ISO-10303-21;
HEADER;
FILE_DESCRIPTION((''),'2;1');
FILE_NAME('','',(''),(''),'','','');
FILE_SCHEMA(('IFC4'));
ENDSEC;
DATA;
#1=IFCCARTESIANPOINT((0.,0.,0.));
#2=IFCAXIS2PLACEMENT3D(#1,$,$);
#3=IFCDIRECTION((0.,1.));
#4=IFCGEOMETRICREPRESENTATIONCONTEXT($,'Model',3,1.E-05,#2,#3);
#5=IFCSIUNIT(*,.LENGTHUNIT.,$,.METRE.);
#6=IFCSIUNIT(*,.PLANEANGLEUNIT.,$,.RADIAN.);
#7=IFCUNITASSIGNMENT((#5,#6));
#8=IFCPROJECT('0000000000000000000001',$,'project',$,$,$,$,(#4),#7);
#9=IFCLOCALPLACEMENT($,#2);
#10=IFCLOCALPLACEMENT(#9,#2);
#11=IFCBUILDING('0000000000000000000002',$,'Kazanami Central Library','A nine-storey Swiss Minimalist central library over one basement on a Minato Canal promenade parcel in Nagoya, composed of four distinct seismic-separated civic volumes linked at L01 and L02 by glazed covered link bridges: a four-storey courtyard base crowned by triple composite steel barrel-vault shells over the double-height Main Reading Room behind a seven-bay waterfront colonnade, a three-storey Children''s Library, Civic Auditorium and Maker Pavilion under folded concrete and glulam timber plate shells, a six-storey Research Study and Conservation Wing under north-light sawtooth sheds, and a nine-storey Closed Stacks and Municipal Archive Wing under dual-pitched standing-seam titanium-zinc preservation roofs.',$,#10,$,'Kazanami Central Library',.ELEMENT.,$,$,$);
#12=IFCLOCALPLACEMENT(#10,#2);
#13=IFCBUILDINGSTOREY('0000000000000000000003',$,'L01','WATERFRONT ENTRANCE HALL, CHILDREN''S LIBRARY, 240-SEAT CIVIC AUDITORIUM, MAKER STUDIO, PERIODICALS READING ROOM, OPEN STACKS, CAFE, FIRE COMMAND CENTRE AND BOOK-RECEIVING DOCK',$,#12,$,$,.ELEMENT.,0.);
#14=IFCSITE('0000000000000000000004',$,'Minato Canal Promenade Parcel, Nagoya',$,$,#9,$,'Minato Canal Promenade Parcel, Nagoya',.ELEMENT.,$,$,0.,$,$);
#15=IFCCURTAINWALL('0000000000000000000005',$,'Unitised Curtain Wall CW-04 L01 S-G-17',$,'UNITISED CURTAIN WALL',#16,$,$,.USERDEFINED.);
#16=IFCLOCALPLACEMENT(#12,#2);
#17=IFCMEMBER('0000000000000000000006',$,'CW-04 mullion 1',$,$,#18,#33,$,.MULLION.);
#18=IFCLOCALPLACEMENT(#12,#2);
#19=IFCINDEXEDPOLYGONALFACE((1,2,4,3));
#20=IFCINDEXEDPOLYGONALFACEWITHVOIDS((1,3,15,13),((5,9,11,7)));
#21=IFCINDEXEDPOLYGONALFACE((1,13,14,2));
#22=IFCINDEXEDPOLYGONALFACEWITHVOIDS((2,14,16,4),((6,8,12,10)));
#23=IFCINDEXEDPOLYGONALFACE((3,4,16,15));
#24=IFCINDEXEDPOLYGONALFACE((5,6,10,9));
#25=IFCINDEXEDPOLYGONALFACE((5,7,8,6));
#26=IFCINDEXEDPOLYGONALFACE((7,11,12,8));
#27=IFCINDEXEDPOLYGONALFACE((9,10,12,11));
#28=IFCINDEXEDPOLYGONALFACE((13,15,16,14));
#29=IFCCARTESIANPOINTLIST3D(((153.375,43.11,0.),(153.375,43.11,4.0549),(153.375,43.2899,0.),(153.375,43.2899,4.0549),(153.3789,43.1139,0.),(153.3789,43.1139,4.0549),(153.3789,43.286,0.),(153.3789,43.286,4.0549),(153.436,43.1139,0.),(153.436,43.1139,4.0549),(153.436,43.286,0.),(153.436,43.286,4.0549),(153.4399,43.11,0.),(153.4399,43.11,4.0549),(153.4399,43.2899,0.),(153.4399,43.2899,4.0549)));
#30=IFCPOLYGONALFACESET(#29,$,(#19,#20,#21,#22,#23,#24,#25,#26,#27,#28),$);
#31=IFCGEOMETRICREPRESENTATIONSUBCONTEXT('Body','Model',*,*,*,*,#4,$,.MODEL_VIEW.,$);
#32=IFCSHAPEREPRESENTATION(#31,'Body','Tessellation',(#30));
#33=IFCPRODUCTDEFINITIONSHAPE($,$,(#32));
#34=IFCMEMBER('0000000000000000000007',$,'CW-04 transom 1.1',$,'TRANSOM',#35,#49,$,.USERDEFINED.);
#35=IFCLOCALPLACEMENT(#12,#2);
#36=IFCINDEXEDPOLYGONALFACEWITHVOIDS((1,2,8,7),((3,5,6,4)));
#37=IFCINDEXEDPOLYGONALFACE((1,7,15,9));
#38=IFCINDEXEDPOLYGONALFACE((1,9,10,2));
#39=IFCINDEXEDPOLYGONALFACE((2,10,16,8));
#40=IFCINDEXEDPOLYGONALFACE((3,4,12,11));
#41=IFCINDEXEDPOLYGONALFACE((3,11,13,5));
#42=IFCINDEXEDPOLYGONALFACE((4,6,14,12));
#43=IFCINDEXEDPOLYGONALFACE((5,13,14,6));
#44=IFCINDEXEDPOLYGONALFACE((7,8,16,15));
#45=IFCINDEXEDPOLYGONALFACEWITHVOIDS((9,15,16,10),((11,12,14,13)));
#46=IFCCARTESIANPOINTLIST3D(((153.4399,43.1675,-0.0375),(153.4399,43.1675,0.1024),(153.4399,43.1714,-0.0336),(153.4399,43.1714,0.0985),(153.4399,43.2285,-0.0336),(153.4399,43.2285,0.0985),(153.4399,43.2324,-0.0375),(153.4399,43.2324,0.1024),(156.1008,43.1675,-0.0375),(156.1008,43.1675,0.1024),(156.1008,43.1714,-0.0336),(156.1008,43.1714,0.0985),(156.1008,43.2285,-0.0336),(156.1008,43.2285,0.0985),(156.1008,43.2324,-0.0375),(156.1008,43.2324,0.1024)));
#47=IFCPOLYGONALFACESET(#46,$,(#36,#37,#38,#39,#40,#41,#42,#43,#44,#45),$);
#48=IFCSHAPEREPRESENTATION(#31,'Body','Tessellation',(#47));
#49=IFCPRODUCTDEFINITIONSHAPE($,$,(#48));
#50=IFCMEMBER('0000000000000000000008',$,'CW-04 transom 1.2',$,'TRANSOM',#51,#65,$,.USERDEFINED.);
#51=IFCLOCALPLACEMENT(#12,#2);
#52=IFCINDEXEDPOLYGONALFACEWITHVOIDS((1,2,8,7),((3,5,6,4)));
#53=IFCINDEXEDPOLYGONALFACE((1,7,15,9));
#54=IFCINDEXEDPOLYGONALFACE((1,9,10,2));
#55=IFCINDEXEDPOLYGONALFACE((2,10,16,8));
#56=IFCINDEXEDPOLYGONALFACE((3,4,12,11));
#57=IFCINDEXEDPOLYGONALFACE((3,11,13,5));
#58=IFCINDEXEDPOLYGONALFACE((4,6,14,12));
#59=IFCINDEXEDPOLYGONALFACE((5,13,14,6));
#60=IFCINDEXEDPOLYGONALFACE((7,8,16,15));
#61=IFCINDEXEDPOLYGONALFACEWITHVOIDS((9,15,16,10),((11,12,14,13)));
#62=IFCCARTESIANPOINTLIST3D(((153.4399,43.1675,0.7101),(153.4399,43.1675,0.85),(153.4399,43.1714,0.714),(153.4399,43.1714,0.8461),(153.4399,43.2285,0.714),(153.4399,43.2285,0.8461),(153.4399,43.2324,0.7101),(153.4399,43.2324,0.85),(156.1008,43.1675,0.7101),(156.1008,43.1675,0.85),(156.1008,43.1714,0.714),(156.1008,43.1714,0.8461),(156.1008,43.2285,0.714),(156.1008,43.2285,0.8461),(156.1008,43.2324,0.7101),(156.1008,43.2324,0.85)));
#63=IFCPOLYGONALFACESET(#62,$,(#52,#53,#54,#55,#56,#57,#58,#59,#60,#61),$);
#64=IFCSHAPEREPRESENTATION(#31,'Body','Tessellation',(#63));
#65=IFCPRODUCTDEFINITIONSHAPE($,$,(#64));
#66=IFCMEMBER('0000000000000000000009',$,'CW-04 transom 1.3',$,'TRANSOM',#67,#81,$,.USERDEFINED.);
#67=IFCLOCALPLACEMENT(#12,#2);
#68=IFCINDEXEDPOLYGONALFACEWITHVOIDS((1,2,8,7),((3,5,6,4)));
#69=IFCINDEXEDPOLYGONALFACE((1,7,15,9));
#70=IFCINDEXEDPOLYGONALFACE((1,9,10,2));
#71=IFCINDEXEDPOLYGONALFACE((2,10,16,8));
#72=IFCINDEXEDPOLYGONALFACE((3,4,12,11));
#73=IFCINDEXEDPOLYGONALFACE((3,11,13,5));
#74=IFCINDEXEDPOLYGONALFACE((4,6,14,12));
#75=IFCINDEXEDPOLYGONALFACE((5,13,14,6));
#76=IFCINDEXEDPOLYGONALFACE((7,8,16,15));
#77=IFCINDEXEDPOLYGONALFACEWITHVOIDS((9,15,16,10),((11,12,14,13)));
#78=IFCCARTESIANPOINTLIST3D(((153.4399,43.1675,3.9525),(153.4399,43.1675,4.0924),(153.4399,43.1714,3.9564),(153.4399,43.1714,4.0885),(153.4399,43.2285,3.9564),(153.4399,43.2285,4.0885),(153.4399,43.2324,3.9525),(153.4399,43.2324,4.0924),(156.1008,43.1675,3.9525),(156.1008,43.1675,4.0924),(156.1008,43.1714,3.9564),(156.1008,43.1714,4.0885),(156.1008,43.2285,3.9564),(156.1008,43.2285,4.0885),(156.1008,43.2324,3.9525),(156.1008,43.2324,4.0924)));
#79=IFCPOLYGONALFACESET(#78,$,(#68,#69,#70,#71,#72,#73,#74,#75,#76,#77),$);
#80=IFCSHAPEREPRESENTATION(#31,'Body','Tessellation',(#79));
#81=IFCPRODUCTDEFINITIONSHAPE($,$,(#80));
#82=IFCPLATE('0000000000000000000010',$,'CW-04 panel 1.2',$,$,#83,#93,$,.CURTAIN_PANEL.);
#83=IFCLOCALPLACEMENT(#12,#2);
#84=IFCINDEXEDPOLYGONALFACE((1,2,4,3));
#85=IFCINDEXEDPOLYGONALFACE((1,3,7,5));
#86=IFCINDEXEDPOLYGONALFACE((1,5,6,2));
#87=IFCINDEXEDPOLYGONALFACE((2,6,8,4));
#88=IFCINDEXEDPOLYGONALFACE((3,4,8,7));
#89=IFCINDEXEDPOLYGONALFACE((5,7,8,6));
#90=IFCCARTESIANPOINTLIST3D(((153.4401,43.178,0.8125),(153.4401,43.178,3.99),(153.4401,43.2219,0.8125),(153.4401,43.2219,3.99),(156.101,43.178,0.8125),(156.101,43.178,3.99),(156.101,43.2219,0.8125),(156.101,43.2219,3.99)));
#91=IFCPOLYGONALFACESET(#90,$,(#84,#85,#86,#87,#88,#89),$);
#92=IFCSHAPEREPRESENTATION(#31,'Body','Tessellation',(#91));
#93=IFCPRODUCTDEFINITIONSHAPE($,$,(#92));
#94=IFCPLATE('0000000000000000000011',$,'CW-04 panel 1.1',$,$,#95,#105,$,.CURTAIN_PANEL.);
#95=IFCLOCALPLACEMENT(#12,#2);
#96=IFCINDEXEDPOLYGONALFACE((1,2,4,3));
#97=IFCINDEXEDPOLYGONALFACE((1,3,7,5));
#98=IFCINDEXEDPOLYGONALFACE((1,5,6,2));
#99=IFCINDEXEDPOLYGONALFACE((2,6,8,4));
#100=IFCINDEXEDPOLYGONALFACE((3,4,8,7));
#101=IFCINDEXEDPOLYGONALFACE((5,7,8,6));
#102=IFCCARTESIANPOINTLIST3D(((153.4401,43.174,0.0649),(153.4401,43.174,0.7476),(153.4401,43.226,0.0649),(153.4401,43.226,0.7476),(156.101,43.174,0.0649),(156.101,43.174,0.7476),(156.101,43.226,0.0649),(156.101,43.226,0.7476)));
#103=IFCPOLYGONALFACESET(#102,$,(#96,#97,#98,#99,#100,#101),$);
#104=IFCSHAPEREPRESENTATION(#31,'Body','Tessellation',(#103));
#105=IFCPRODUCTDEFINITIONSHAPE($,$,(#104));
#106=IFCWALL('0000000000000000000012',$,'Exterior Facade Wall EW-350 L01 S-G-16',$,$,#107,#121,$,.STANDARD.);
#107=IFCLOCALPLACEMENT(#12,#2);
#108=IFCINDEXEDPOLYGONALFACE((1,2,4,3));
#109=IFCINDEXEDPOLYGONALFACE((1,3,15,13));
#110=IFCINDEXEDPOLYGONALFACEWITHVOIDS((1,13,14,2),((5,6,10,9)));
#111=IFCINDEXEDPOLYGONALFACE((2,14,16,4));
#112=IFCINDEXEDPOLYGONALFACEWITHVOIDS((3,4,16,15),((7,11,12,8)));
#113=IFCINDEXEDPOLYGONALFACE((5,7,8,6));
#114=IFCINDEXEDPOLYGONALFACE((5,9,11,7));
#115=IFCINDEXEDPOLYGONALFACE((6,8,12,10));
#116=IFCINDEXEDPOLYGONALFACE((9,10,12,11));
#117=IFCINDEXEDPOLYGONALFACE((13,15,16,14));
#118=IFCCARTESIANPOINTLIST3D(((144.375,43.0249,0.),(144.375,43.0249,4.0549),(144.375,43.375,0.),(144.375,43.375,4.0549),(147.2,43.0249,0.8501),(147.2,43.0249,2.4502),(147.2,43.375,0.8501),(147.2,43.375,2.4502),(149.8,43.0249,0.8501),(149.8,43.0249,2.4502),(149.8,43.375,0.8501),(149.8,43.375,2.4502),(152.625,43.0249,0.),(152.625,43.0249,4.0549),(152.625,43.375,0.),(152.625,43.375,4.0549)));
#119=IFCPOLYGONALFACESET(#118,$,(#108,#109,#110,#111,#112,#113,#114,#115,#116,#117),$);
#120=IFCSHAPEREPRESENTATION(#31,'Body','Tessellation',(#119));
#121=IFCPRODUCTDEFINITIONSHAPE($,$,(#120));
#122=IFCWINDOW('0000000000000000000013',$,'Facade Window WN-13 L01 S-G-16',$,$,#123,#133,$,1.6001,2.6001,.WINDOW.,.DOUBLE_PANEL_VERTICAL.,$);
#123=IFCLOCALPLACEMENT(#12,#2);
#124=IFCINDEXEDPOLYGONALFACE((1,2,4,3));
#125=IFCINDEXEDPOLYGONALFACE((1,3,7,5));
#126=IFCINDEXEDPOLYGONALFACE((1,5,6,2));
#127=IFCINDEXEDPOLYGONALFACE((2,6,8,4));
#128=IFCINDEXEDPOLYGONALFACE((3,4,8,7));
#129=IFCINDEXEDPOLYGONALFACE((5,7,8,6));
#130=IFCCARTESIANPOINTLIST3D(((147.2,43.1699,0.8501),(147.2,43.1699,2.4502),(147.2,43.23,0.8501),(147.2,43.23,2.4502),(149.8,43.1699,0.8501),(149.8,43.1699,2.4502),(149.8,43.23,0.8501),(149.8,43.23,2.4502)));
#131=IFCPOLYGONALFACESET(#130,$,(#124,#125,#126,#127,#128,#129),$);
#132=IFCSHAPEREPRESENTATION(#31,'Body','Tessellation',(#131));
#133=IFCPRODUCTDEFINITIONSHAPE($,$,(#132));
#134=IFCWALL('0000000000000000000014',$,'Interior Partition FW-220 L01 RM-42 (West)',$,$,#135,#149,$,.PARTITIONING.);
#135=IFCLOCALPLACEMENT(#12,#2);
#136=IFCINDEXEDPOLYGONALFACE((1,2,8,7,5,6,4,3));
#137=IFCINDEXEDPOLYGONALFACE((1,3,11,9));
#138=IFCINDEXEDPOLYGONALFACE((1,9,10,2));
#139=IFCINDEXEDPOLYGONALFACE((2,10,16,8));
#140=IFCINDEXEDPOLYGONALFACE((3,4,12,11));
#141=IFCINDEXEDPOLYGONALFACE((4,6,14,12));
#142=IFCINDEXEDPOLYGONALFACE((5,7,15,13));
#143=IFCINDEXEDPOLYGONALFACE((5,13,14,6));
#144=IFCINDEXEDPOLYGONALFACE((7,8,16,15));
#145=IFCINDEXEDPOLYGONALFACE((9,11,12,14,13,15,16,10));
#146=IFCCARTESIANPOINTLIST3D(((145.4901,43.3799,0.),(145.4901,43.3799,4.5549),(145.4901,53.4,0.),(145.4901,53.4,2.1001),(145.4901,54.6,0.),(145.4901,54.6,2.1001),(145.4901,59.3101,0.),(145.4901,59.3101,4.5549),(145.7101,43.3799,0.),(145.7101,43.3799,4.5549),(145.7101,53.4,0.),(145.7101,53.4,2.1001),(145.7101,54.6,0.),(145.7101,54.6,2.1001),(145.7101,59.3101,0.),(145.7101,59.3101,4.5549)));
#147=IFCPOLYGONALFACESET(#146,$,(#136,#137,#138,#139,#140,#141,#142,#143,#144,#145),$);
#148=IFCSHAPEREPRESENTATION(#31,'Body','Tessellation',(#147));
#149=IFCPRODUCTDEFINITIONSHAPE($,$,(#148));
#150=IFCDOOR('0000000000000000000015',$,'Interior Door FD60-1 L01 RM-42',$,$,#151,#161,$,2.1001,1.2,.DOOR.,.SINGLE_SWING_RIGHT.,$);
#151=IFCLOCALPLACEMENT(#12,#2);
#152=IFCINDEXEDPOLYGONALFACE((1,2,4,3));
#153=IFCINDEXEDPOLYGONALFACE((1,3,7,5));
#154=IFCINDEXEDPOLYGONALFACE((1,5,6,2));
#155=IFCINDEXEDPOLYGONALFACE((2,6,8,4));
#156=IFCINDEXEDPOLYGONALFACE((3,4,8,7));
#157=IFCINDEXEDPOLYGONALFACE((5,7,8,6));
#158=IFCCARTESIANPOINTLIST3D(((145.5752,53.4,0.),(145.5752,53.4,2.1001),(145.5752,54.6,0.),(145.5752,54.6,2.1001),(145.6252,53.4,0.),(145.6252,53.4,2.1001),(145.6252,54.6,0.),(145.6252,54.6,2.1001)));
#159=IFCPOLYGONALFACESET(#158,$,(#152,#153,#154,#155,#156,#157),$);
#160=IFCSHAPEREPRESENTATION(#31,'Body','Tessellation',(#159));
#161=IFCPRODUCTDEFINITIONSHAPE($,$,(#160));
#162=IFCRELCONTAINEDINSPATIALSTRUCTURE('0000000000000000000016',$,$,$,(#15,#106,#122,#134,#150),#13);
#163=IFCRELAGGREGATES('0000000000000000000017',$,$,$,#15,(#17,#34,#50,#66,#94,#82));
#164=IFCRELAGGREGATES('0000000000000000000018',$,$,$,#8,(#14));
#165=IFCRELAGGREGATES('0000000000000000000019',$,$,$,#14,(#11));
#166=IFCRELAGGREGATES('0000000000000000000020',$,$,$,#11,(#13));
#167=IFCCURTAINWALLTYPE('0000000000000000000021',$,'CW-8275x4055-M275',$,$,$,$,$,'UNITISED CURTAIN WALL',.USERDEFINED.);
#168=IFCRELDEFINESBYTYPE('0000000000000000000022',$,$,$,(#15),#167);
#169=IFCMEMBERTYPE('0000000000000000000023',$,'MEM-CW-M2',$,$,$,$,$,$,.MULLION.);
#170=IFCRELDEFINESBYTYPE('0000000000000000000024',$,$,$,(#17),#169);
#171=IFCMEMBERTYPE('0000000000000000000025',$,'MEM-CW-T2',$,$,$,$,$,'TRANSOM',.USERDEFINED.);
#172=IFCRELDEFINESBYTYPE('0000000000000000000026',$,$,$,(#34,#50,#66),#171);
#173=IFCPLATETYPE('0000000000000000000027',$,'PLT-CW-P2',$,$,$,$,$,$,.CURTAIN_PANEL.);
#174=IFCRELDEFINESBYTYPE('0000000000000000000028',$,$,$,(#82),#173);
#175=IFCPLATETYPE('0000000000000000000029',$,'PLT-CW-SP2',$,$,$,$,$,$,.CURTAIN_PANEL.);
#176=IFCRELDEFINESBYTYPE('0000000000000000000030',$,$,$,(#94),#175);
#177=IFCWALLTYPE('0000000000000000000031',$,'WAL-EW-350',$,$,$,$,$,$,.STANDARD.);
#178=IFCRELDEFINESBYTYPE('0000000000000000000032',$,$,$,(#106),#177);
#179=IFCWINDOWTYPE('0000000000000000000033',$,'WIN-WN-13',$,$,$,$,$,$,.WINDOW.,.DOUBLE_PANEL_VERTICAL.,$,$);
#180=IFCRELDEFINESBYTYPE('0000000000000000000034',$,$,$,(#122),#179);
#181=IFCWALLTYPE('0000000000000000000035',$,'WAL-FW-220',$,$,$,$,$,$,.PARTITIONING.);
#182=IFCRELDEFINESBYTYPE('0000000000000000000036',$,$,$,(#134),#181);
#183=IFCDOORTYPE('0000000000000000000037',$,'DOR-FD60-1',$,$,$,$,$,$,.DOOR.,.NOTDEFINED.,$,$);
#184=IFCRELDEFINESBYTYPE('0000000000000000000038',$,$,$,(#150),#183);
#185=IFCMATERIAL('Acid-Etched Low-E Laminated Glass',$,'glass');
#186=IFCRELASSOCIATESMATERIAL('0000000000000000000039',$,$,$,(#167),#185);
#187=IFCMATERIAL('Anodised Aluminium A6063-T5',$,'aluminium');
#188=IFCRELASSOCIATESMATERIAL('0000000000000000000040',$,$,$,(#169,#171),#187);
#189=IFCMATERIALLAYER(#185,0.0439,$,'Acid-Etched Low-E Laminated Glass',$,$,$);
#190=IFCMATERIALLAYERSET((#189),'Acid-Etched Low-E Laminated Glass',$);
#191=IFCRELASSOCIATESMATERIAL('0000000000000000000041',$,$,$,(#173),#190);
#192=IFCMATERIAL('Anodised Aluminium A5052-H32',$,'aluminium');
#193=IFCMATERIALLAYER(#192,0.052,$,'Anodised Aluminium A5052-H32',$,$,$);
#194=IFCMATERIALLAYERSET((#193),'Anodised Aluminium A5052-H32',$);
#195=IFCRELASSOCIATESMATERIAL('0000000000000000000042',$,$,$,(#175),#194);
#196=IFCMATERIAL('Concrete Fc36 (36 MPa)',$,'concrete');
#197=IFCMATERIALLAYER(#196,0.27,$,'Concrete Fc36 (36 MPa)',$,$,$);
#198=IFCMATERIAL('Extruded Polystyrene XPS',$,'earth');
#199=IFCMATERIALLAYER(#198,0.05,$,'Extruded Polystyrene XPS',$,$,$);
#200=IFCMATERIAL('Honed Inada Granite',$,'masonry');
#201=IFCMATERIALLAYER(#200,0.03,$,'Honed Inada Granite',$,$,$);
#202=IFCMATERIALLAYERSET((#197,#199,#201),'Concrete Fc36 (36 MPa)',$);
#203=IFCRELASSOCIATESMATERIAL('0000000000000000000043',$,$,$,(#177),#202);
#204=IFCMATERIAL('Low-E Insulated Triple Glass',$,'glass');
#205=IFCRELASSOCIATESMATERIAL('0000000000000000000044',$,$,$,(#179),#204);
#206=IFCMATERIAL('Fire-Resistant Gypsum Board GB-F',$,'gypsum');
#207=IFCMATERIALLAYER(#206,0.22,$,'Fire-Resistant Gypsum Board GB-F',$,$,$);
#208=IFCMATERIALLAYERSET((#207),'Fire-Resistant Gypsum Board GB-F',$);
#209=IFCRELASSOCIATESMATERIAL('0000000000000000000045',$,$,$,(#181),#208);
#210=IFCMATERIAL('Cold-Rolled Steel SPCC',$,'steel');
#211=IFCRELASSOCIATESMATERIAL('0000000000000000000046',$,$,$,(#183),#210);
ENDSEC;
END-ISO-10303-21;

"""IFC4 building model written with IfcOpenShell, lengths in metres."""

from ifc_helpers import new_model, si_unit, direction, frame, frame_2d, origin, origin_2d, place, context, subcontext, project, spatial, rectangle, hollow_rectangle, extrude, material, layer, layer_set, material_profile, profile_set, type_object, element, fill, aggregate, save


model = new_model("IFC4")

# Units and contexts
model_context = context("Model", 3, precision=1e-05, world=origin(), true_north=direction((0.0, 1.0)))
body_context = subcontext(model_context, "Body", "Model", "MODEL_VIEW")
ifc_project = project(units=[si_unit("LENGTHUNIT", "METRE"), si_unit("PLANEANGLEUNIT", "RADIAN")], contexts=[model_context])

# Site, building, storey
site_placement = place(None, origin())
site = spatial("IfcSite", under=ifc_project, at=site_placement, Name="Minato Canal Promenade Parcel, Nagoya", LongName="Minato Canal Promenade Parcel, Nagoya", CompositionType="ELEMENT", RefElevation=0.0)
building_placement = place(site_placement, origin())
building = spatial("IfcBuilding", under=site, at=building_placement, Name="Kazanami Central Library", Description="A nine-storey Swiss Minimalist central library over one basement on a Minato Canal promenade parcel in Nagoya, composed of four distinct seismic-separated civic volumes linked at L01 and L02 by glazed covered link bridges: a four-storey courtyard base crowned by triple composite steel barrel-vault shells over the double-height Main Reading Room behind a seven-bay waterfront colonnade, a three-storey Children's Library, Civic Auditorium and Maker Pavilion under folded concrete and glulam timber plate shells, a six-storey Research Study and Conservation Wing under north-light sawtooth sheds, and a nine-storey Closed Stacks and Municipal Archive Wing under dual-pitched standing-seam titanium-zinc preservation roofs.", LongName="Kazanami Central Library", CompositionType="ELEMENT")
storey_placement = place(building_placement, origin())
storey = spatial("IfcBuildingStorey", under=building, at=storey_placement, Name="L01", Description="WATERFRONT ENTRANCE HALL, CHILDREN'S LIBRARY, 240-SEAT CIVIC AUDITORIUM, MAKER STUDIO, PERIODICALS READING ROOM, OPEN STACKS, CAFE, FIRE COMMAND CENTRE AND BOOK-RECEIVING DOCK", CompositionType="ELEMENT", Elevation=0.0)

# Curtain wall, members, plates
ifc_material_1 = material(Name="Acid-Etched Low-E Laminated Glass", Category="glass")
curtain_wall_type = type_object("IfcCurtainWallType", Name="CW-8275x4055-M275", ElementType="UNITISED CURTAIN WALL", PredefinedType="USERDEFINED", material=ifc_material_1)
curtain_wall_placement = place(storey_placement, origin())
curtain_wall = element("IfcCurtainWall", 1, at=curtain_wall_placement, inside=storey, type_object=curtain_wall_type, Name="Unitised Curtain Wall CW-04 L01 S-G-17", ObjectType="UNITISED CURTAIN WALL", PredefinedType="USERDEFINED")
ifc_material_2 = material(Name="Anodised Aluminium A6063-T5", Category="aluminium")
ifc_material_profile_1 = material_profile(ifc_material_2, hollow_rectangle(XDim=0.0649, YDim=0.1799, WallThickness=0.0039, at=origin_2d()), Name="ALU-MULL-65x180x4")
ifc_profile_set_1 = profile_set([ifc_material_profile_1], Name="Anodised Aluminium A6063-T5")
member_type_1 = type_object("IfcMemberType", Name="MEM-CW-M2", PredefinedType="MULLION", material=ifc_profile_set_1)
member_1_placement = place(storey_placement, frame((153.4075, 43.2, 0.0), z_axis=(0.0, 0.0, 1.0), x_axis=(1.0, 0.0, 0.0)))
member_1 = element("IfcMember", 2, at=member_1_placement, type_object=member_type_1, Name="CW-04 mullion 1", PredefinedType="MULLION", context=body_context, shape_type="SweptSolid", body=[
    extrude(hollow_rectangle(XDim=0.0649, YDim=0.1799, WallThickness=0.0039, at=origin_2d()), origin(), (0.0, 0.0, 1.0), 4.0549),
])
ifc_material_profile_2 = material_profile(ifc_material_2, hollow_rectangle(XDim=0.0649, YDim=0.1399, WallThickness=0.0039, at=origin_2d()), Name="ALU-TRAN-65x140x4")
ifc_profile_set_2 = profile_set([ifc_material_profile_2], Name="Anodised Aluminium A6063-T5")
member_type_2 = type_object("IfcMemberType", Name="MEM-CW-T2", ElementType="TRANSOM", PredefinedType="USERDEFINED", material=ifc_profile_set_2)
member_2_placement = place(storey_placement, frame((153.4399, 43.2, 0.0325), z_axis=(1.0, 0.0, 0.0), x_axis=(0.0, 1.0, 0.0)))
member_2 = element("IfcMember", 3, at=member_2_placement, type_object=member_type_2, Name="CW-04 transom 1.1", ObjectType="TRANSOM", PredefinedType="USERDEFINED", context=body_context, shape_type="SweptSolid", body=[
    extrude(hollow_rectangle(XDim=0.0649, YDim=0.1399, WallThickness=0.0039, at=origin_2d()), origin(), (0.0, 0.0, 1.0), 2.6609),
])
member_3_placement = place(storey_placement, frame((153.4399, 43.2, 0.78), z_axis=(1.0, 0.0, 0.0), x_axis=(0.0, 1.0, 0.0)))
member_3 = element("IfcMember", 4, at=member_3_placement, type_object=member_type_2, Name="CW-04 transom 1.2", ObjectType="TRANSOM", PredefinedType="USERDEFINED", context=body_context, shape_type="SweptSolid", body=[
    extrude(hollow_rectangle(XDim=0.0649, YDim=0.1399, WallThickness=0.0039, at=origin_2d()), origin(), (0.0, 0.0, 1.0), 2.6609),
])
member_4_placement = place(storey_placement, frame((153.4399, 43.2, 4.0225), z_axis=(1.0, 0.0, 0.0), x_axis=(0.0, 1.0, 0.0)))
member_4 = element("IfcMember", 5, at=member_4_placement, type_object=member_type_2, Name="CW-04 transom 1.3", ObjectType="TRANSOM", PredefinedType="USERDEFINED", context=body_context, shape_type="SweptSolid", body=[
    extrude(hollow_rectangle(XDim=0.0649, YDim=0.1399, WallThickness=0.0039, at=origin_2d()), origin(), (0.0, 0.0, 1.0), 2.6609),
])
ifc_layer_1 = layer(ifc_material_1, 0.0439, Name="Acid-Etched Low-E Laminated Glass")
ifc_layer_set_1 = layer_set([ifc_layer_1], Name="Acid-Etched Low-E Laminated Glass")
plate_type_1 = type_object("IfcPlateType", Name="PLT-CW-P2", PredefinedType="CURTAIN_PANEL", material=ifc_layer_set_1)
plate_1_placement = place(storey_placement, frame((154.7705, 43.2, 0.8125), z_axis=(0.0, 0.0, 1.0), x_axis=(1.0, 0.0, 0.0)))
plate_1 = element("IfcPlate", 6, at=plate_1_placement, type_object=plate_type_1, Name="CW-04 panel 1.2", PredefinedType="CURTAIN_PANEL", context=body_context, shape_type="SweptSolid", body=[
    extrude(rectangle(XDim=2.6609, YDim=0.0439, at=origin_2d()), origin(), (0.0, 0.0, 1.0), 3.1775),
])
ifc_material_3 = material(Name="Anodised Aluminium A5052-H32", Category="aluminium")
ifc_layer_2 = layer(ifc_material_3, 0.052, Name="Anodised Aluminium A5052-H32")
ifc_layer_set_2 = layer_set([ifc_layer_2], Name="Anodised Aluminium A5052-H32")
plate_type_2 = type_object("IfcPlateType", Name="PLT-CW-SP2", PredefinedType="CURTAIN_PANEL", material=ifc_layer_set_2)
plate_2_placement = place(storey_placement, frame((154.7705, 43.2, 0.0649), z_axis=(0.0, 0.0, 1.0), x_axis=(1.0, 0.0, 0.0)))
plate_2 = element("IfcPlate", 7, at=plate_2_placement, type_object=plate_type_2, Name="CW-04 panel 1.1", PredefinedType="CURTAIN_PANEL", context=body_context, shape_type="SweptSolid", body=[
    extrude(rectangle(XDim=2.6609, YDim=0.052, at=origin_2d()), origin(), (0.0, 0.0, 1.0), 0.6826),
])
aggregate(curtain_wall, [member_1, member_2, member_3, member_4, plate_2, plate_1])

# Wall, opening, window
ifc_material_4 = material(Name="Concrete Fc36 (36 MPa)", Category="concrete")
ifc_layer_3 = layer(ifc_material_4, 0.27, Name="Concrete Fc36 (36 MPa)")
ifc_material_5 = material(Name="Extruded Polystyrene XPS", Category="earth")
ifc_layer_4 = layer(ifc_material_5, 0.05, Name="Extruded Polystyrene XPS")
ifc_material_6 = material(Name="Honed Inada Granite", Category="masonry")
ifc_layer_5 = layer(ifc_material_6, 0.03, Name="Honed Inada Granite")
ifc_layer_set_3 = layer_set([ifc_layer_3, ifc_layer_4, ifc_layer_5], Name="Concrete Fc36 (36 MPa)")
wall_type_1 = type_object("IfcWallType", Name="WAL-EW-350", PredefinedType="STANDARD", material=ifc_layer_set_3)
wall_1_placement = place(storey_placement, frame((144.375, 43.2, 0.0), z_axis=(0.0, 0.0, 1.0), x_axis=(1.0, 0.0, 0.0)))
wall_1 = element("IfcWall", 8, at=wall_1_placement, inside=storey, type_object=wall_type_1, Name="Exterior Facade Wall EW-350 L01 S-G-16", PredefinedType="STANDARD", context=body_context, shape_type="SweptSolid", body=[
    extrude(rectangle(XDim=8.25, YDim=0.3501, at=frame_2d((4.125, 0.0))), origin(), (0.0, 0.0, 1.0), 4.0549),
])
opening_1_placement = place(wall_1_placement, frame((2.825, 0.0, 0.8501)))
opening_1 = element("IfcOpeningElement", 9, at=opening_1_placement, cuts=wall_1, PredefinedType="OPENING", context=body_context, shape_type="SweptSolid", body=[
    extrude(rectangle(XDim=2.6001, YDim=1.6001, at=frame_2d((1.3, 0.8))), frame((0.0, 0.187, 0.0), z_axis=(0.0, -1.0, 0.0), x_axis=(1.0, 0.0, 0.0)), (0.0, 0.0, 1.0), 0.374),
])
ifc_material_7 = material(Name="Low-E Insulated Triple Glass", Category="glass")
window_type = type_object("IfcWindowType", Name="WIN-WN-13", PartitioningType="DOUBLE_PANEL_VERTICAL", PredefinedType="WINDOW", material=ifc_material_7)
window_placement = place(opening_1_placement, origin())
window = element("IfcWindow", 10, at=window_placement, inside=storey, type_object=window_type, Name="Facade Window WN-13 L01 S-G-16", OverallHeight=1.6001, OverallWidth=2.6001, PartitioningType="DOUBLE_PANEL_VERTICAL", PredefinedType="WINDOW", context=body_context, shape_type="SweptSolid", body=[
    extrude(rectangle(XDim=2.6001, YDim=1.6001, at=frame_2d((1.3, 0.8))), frame((0.0, 0.03, 0.0), z_axis=(0.0, -1.0, 0.0), x_axis=(1.0, 0.0, 0.0)), (0.0, 0.0, 1.0), 0.0601),
])
fill(opening_1, window)

# Wall, opening, door
ifc_material_8 = material(Name="Fire-Resistant Gypsum Board GB-F", Category="gypsum")
ifc_layer_6 = layer(ifc_material_8, 0.22, Name="Fire-Resistant Gypsum Board GB-F")
ifc_layer_set_4 = layer_set([ifc_layer_6], Name="Fire-Resistant Gypsum Board GB-F")
wall_type_2 = type_object("IfcWallType", Name="WAL-FW-220", PredefinedType="PARTITIONING", material=ifc_layer_set_4)
wall_2_placement = place(storey_placement, frame((145.6001, 43.3799, 0.0), z_axis=(0.0, 0.0, 1.0), x_axis=(0.0, 1.0, 0.0)))
wall_2 = element("IfcWall", 11, at=wall_2_placement, inside=storey, type_object=wall_type_2, Name="Interior Partition FW-220 L01 RM-42 (West)", PredefinedType="PARTITIONING", context=body_context, shape_type="SweptSolid", body=[
    extrude(rectangle(XDim=15.9302, YDim=0.22, at=frame_2d((7.9651, 0.0))), origin(), (0.0, 0.0, 1.0), 4.5549),
])
opening_2_placement = place(wall_2_placement, frame((10.02, 0.0, 0.0)))
opening_2 = element("IfcOpeningElement", 12, at=opening_2_placement, cuts=wall_2, PredefinedType="OPENING", context=body_context, shape_type="SweptSolid", body=[
    extrude(rectangle(XDim=1.2, YDim=2.1001, at=frame_2d((0.6001, 1.05))), frame((0.0, 0.1221, 0.0), z_axis=(0.0, -1.0, 0.0), x_axis=(1.0, 0.0, 0.0)), (0.0, 0.0, 1.0), 0.2439),
])
ifc_material_9 = material(Name="Cold-Rolled Steel SPCC", Category="steel")
door_type = type_object("IfcDoorType", Name="DOR-FD60-1", OperationType="NOTDEFINED", PredefinedType="DOOR", material=ifc_material_9)
door_placement = place(opening_2_placement, origin())
door = element("IfcDoor", 13, at=door_placement, inside=storey, type_object=door_type, Name="Interior Door FD60-1 L01 RM-42", OperationType="SINGLE_SWING_RIGHT", OverallHeight=2.1001, OverallWidth=1.2, PredefinedType="DOOR", context=body_context, shape_type="SweptSolid", body=[
    extrude(rectangle(XDim=1.2, YDim=2.1001, at=frame_2d((0.6001, 1.05))), frame((0.0, 0.0249, 0.0), z_axis=(0.0, -1.0, 0.0), x_axis=(1.0, 0.0, 0.0)), (0.0, 0.0, 1.0), 0.05),
])
fill(opening_2, door)

save(model, "model.ifc")
